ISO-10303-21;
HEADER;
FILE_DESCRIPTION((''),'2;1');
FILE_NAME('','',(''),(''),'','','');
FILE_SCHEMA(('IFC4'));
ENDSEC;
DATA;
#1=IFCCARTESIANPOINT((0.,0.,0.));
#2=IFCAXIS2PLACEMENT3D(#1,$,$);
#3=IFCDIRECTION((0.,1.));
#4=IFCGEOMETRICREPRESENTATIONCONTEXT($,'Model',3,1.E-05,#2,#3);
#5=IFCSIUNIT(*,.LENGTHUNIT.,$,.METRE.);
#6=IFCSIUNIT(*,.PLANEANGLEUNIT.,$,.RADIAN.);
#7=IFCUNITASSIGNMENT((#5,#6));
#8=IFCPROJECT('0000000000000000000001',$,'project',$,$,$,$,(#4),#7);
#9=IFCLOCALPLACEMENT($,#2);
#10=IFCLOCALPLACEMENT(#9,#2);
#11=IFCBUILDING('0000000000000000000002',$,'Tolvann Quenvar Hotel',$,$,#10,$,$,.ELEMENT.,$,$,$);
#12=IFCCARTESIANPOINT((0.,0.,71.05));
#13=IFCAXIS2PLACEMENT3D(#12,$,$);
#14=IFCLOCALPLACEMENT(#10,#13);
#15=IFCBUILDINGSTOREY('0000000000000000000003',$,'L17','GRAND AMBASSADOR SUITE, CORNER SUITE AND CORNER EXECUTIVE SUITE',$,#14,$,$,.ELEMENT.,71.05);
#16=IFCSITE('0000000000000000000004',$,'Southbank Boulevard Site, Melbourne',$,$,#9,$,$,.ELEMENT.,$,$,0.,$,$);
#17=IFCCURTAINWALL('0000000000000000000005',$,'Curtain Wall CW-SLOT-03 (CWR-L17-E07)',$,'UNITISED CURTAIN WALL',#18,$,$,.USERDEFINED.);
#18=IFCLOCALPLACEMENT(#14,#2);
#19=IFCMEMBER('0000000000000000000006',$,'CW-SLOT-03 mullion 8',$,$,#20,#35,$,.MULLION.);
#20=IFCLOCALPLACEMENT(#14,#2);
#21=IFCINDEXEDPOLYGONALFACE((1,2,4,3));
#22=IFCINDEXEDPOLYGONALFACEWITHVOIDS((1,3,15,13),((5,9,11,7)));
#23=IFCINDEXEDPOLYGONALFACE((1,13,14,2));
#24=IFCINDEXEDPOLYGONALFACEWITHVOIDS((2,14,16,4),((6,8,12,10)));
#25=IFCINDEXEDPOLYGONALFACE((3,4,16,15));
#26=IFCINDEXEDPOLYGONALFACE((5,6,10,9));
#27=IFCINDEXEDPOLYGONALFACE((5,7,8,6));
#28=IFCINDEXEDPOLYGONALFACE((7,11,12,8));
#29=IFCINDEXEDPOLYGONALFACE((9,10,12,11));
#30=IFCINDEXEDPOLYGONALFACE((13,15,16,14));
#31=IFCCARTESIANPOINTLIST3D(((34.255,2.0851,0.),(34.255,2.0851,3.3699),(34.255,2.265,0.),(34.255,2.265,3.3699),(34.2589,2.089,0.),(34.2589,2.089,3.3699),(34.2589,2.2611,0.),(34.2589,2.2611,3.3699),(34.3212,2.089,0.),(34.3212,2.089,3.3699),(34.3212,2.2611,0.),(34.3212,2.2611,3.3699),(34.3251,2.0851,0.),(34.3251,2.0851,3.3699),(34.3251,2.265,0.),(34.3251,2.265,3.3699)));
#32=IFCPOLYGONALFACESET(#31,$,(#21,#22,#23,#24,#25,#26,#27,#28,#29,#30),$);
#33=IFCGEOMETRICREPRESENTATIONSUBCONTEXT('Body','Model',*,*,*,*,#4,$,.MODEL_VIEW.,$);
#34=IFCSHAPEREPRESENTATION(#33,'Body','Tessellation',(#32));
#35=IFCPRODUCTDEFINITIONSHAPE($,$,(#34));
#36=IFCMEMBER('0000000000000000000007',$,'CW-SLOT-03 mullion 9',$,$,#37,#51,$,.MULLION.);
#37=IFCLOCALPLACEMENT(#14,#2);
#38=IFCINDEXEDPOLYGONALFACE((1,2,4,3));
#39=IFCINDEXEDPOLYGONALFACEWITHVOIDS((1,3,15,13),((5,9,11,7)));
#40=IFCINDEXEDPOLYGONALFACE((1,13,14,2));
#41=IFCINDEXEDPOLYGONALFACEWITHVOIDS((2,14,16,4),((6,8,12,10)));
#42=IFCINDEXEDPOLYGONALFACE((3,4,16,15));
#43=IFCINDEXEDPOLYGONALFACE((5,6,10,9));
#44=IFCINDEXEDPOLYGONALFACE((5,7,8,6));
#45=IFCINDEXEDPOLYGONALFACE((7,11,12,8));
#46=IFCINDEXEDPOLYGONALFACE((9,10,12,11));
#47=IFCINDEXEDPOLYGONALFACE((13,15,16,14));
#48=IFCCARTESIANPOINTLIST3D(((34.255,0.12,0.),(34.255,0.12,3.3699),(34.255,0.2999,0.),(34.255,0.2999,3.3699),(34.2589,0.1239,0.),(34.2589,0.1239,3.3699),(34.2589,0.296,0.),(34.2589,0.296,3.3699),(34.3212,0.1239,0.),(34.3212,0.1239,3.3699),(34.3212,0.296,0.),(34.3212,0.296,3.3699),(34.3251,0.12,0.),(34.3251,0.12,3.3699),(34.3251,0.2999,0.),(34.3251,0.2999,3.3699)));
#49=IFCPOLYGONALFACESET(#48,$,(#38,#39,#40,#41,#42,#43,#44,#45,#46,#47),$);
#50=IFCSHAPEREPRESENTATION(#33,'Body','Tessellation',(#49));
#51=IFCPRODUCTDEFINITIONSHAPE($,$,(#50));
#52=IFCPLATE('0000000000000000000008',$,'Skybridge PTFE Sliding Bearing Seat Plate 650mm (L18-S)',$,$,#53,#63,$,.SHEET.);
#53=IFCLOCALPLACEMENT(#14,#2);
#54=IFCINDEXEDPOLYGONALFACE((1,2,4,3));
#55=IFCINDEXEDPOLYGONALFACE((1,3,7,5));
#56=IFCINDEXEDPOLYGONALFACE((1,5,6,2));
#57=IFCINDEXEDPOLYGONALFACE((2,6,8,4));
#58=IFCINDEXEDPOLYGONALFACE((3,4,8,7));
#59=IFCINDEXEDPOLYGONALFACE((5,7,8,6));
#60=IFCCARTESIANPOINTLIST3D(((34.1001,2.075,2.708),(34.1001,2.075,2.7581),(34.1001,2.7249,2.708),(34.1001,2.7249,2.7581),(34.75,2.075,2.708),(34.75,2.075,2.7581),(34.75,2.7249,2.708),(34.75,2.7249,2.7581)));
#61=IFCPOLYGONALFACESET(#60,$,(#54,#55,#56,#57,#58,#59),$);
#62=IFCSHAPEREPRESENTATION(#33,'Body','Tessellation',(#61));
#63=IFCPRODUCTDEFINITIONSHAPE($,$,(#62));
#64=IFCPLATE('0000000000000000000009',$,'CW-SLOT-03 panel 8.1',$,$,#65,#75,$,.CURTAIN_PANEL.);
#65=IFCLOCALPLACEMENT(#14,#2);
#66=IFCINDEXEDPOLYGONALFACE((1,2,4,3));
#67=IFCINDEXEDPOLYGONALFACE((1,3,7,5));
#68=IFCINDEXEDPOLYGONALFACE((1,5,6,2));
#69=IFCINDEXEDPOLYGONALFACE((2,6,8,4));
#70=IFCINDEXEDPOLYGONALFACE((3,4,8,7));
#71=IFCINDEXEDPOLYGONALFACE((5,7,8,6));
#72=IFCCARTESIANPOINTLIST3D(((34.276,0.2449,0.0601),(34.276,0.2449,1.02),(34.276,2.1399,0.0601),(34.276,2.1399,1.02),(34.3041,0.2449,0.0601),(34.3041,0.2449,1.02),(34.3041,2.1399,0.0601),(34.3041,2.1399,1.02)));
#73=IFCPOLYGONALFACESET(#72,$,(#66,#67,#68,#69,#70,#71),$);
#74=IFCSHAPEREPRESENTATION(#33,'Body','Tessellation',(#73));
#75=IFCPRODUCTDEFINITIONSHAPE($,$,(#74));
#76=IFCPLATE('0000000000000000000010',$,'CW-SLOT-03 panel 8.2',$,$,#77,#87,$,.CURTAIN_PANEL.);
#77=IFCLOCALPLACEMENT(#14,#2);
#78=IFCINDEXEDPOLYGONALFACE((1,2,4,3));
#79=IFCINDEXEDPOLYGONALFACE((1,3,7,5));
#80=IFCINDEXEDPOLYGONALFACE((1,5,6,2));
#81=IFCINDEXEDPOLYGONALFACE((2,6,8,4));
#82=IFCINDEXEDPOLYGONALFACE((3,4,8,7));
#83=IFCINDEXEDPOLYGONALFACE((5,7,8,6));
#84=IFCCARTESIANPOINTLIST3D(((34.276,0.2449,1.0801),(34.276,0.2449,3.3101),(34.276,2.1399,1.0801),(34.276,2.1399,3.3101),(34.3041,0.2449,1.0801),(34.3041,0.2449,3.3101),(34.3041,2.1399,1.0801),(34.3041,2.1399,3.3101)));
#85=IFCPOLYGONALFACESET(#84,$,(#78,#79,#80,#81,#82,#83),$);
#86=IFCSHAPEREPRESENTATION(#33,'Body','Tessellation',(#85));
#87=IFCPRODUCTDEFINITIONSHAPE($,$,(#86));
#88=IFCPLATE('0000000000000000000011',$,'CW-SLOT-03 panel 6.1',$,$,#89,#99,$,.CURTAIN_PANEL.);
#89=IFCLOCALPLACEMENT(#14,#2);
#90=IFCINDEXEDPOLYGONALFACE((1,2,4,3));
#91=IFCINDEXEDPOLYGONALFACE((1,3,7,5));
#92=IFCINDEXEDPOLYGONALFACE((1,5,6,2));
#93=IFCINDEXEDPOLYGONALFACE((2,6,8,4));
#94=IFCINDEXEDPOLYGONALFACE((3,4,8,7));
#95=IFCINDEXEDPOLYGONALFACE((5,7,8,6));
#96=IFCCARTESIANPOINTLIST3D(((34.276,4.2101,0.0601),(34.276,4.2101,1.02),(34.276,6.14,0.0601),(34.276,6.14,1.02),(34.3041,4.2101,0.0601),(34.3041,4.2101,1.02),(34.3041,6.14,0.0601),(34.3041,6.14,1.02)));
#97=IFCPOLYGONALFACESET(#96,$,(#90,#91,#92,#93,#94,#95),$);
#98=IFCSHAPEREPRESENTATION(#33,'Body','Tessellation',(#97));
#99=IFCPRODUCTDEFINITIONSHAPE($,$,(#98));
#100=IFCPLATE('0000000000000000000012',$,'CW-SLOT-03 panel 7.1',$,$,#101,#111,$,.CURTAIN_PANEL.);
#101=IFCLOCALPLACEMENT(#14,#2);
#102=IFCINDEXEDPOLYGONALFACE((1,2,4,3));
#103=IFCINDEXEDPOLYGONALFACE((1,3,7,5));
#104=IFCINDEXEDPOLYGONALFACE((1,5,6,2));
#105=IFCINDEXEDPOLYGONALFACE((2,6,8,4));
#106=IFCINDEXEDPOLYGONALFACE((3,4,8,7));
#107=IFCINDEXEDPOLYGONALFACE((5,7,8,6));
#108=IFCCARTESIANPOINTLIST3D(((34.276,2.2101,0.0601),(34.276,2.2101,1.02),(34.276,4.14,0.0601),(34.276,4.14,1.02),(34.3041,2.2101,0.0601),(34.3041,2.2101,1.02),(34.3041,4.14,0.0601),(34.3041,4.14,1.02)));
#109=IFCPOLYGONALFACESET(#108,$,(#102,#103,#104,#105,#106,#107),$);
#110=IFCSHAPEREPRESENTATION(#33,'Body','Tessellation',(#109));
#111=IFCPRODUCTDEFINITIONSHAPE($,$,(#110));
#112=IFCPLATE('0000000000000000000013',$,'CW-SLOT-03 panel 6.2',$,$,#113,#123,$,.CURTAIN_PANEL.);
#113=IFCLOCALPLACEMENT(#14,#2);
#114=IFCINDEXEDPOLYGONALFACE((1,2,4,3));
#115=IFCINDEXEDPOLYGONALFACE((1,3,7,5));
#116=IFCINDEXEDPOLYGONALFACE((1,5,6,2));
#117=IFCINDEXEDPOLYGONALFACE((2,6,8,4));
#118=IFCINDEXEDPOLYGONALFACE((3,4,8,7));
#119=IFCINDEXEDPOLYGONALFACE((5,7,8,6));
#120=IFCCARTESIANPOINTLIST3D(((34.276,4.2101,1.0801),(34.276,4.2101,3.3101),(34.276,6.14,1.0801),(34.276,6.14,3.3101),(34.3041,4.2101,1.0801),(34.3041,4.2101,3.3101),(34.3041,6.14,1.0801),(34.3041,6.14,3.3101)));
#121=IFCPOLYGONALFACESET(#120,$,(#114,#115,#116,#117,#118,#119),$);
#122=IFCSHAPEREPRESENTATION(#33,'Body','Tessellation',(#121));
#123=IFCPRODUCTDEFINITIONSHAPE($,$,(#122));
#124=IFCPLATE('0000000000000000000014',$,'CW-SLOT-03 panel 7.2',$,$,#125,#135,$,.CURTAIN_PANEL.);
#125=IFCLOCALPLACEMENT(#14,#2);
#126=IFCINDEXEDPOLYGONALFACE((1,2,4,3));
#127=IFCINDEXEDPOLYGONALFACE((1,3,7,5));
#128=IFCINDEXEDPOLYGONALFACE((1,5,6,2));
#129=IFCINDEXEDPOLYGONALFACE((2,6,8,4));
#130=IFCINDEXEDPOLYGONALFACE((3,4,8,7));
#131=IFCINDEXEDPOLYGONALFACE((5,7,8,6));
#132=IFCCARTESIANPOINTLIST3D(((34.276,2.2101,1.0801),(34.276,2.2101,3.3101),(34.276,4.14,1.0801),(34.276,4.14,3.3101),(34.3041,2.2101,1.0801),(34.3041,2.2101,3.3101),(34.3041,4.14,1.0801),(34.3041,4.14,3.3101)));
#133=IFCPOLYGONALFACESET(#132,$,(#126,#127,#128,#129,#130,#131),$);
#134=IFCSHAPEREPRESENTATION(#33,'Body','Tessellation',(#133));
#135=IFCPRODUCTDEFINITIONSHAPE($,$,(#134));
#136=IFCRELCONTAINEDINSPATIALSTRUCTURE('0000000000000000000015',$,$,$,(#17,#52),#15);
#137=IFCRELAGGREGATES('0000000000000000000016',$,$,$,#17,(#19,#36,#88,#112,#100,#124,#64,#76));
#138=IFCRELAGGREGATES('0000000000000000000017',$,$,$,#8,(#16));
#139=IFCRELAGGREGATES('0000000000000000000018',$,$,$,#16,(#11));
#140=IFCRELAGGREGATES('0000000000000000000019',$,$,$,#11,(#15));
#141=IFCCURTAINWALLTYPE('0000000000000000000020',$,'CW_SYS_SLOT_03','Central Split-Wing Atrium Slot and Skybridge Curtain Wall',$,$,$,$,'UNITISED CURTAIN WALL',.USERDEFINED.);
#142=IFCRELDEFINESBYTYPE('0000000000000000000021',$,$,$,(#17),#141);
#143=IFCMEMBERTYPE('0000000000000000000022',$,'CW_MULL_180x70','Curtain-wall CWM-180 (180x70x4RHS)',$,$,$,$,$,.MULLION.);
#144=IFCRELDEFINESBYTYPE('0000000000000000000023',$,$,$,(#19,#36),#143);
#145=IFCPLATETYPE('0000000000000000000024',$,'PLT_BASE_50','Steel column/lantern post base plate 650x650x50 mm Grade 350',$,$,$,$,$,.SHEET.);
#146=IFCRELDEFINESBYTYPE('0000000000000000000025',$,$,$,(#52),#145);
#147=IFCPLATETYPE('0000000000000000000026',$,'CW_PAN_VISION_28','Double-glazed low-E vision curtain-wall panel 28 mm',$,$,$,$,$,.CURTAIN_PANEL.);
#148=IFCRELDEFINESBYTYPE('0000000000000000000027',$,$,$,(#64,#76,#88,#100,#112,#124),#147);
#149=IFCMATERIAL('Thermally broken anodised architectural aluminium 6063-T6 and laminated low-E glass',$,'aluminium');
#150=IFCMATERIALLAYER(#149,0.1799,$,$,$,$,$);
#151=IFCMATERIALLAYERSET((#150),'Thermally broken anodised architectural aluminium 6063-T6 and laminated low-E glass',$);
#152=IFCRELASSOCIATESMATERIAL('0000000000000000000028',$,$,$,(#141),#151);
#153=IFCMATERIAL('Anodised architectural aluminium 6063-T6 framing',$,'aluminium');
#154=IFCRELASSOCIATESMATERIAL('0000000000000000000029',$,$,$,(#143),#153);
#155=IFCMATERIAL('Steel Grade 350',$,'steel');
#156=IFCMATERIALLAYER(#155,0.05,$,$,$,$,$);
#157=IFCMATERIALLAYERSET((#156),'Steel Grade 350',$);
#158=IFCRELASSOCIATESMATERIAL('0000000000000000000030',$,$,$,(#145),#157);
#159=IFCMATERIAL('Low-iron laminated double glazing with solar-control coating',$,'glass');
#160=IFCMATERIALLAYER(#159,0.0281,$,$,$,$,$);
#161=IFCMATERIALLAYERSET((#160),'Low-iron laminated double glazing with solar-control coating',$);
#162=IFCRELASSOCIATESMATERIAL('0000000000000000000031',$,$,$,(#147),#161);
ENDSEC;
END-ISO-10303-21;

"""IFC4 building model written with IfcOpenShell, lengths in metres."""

from ifc_helpers import new_model, si_unit, direction, frame, origin, origin_2d, place, context, subcontext, project, spatial, rectangle, hollow_rectangle, extrude, source, transform, mapped, material, layer, layer_set, material_profile, profile_set, type_object, type_shapes, element, aggregate, save


model = new_model("IFC4")

# Units and contexts
model_context = context("Model", 3, precision=1e-05, world=origin(), true_north=direction((0.0, 1.0)))
body_context = subcontext(model_context, "Body", "Model", "MODEL_VIEW")
ifc_project = project(units=[si_unit("LENGTHUNIT", "METRE"), si_unit("PLANEANGLEUNIT", "RADIAN")], contexts=[model_context])

# Site, building, storey
site_placement = place(None, origin())
site = spatial("IfcSite", under=ifc_project, at=site_placement, Name="Southbank Boulevard Site, Melbourne", CompositionType="ELEMENT", RefElevation=0.0)
building_placement = place(site_placement, origin())
building = spatial("IfcBuilding", under=site, at=building_placement, Name="Tolvann Quenvar Hotel", CompositionType="ELEMENT")
storey_placement = place(building_placement, frame((0.0, 0.0, 71.05)))
storey = spatial("IfcBuildingStorey", under=building, at=storey_placement, Name="L17", Description="GRAND AMBASSADOR SUITE, CORNER SUITE AND CORNER EXECUTIVE SUITE", CompositionType="ELEMENT", Elevation=71.05)

# Shared definitions
ifc_material_1 = material(Name="Steel Grade 350", Category="steel")

# Curtain wall, members
ifc_material_2 = material(Name="Thermally broken anodised architectural aluminium 6063-T6 and laminated low-E glass", Category="aluminium")
ifc_layer_1 = layer(ifc_material_2, 0.1799)
ifc_layer_set_1 = layer_set([ifc_layer_1], Name="Thermally broken anodised architectural aluminium 6063-T6 and laminated low-E glass")
curtain_wall_type = type_object("IfcCurtainWallType", Name="CW_SYS_SLOT_03", Description="Central Split-Wing Atrium Slot and Skybridge Curtain Wall", ElementType="UNITISED CURTAIN WALL", PredefinedType="USERDEFINED", material=ifc_layer_set_1)
curtain_wall_placement = place(storey_placement, origin())
curtain_wall = element("IfcCurtainWall", 1, at=curtain_wall_placement, inside=storey, type_object=curtain_wall_type, Name="Curtain Wall CW-SLOT-03 (CWR-L17-E07)", ObjectType="UNITISED CURTAIN WALL", PredefinedType="USERDEFINED")
ifc_material_3 = material(Name="Anodised architectural aluminium 6063-T6 framing", Category="aluminium")
ifc_material_profile_1 = material_profile(ifc_material_3, hollow_rectangle(XDim=0.0701, YDim=0.1799, WallThickness=0.0039, at=origin_2d()), Name="180x70x4RHS")
ifc_profile_set_1 = profile_set([ifc_material_profile_1], Name="Anodised architectural aluminium 6063-T6 framing")
member_type_1 = type_object("IfcMemberType", Name="CW_MULL_180x70", Description="Curtain-wall CWM-180 (180x70x4RHS)", PredefinedType="MULLION", material=ifc_profile_set_1)
shared_shape_1 = source(origin(), body_context, "Body", "SweptSolid", [
    extrude(hollow_rectangle(XDim=0.0701, YDim=0.1799, WallThickness=0.0039, at=origin_2d()), origin(), (0.0, 0.0, 1.0), 3.3699),
])
type_shapes(member_type_1, [shared_shape_1])
member_1_placement = place(storey_placement, frame((34.29, 2.175, 0.0), z_axis=(0.0, 0.0, 1.0), x_axis=(1.0, 0.0, 0.0)))
member_1 = element("IfcMember", 2, at=member_1_placement, type_object=member_type_1, Name="CW-SLOT-03 mullion 8", PredefinedType="MULLION", context=body_context, shape_type="MappedRepresentation", body=[
    mapped(shared_shape_1, transform((0.0, 0.0, 0.0), x_axis=(1.0, 0.0, 0.0), y_axis=(0.0, 1.0, 0.0), z_axis=(0.0, 0.0, 1.0), scale=1.0)),
])
member_2_placement = place(storey_placement, frame((34.29, 0.21, 0.0), z_axis=(0.0, 0.0, 1.0), x_axis=(1.0, 0.0, 0.0)))
member_2 = element("IfcMember", 3, at=member_2_placement, type_object=member_type_1, Name="CW-SLOT-03 mullion 9", PredefinedType="MULLION", context=body_context, shape_type="MappedRepresentation", body=[
    mapped(shared_shape_1, transform((0.0, 0.0, 0.0), x_axis=(1.0, 0.0, 0.0), y_axis=(0.0, 1.0, 0.0), z_axis=(0.0, 0.0, 1.0), scale=1.0)),
])

# Plates
ifc_layer_2 = layer(ifc_material_1, 0.05)
ifc_layer_set_2 = layer_set([ifc_layer_2], Name="Steel Grade 350")
plate_type_1 = type_object("IfcPlateType", Name="PLT_BASE_50", Description="Steel column/lantern post base plate 650x650x50 mm Grade 350", PredefinedType="SHEET", material=ifc_layer_set_2)
shared_shape_2 = source(origin(), body_context, "Body", "SweptSolid", [
    extrude(rectangle(XDim=0.6499, YDim=0.6499, at=origin_2d()), origin(), (0.0, 0.0, 1.0), 0.05),
])
type_shapes(plate_type_1, [shared_shape_2])
plate_1_placement = place(storey_placement, frame((34.425, 2.3999, 2.708), z_axis=(0.0, 0.0, 1.0), x_axis=(1.0, 0.0, 0.0)))
element("IfcPlate", 4, at=plate_1_placement, inside=storey, type_object=plate_type_1, Name="Skybridge PTFE Sliding Bearing Seat Plate 650mm (L18-S)", PredefinedType="SHEET", context=body_context, shape_type="MappedRepresentation", body=[
    mapped(shared_shape_2, transform((0.0, 0.0, 0.0), x_axis=(1.0, 0.0, 0.0), y_axis=(0.0, 1.0, 0.0), z_axis=(0.0, 0.0, 1.0), scale=1.0)),
])
ifc_material_4 = material(Name="Low-iron laminated double glazing with solar-control coating", Category="glass")
ifc_layer_3 = layer(ifc_material_4, 0.0281)
ifc_layer_set_3 = layer_set([ifc_layer_3], Name="Low-iron laminated double glazing with solar-control coating")
plate_type_2 = type_object("IfcPlateType", Name="CW_PAN_VISION_28", Description="Double-glazed low-E vision curtain-wall panel 28 mm", PredefinedType="CURTAIN_PANEL", material=ifc_layer_set_3)
shared_shape_3 = source(origin(), body_context, "Body", "SweptSolid", [
    extrude(rectangle(XDim=1.895, YDim=0.0281, at=origin_2d()), origin(), (0.0, 0.0, 1.0), 0.96),
])
plate_2_placement = place(storey_placement, frame((34.29, 1.1924, 0.0601), z_axis=(0.0, 0.0, 1.0), x_axis=(0.0, -1.0, 0.0)))
plate_2 = element("IfcPlate", 5, at=plate_2_placement, type_object=plate_type_2, Name="CW-SLOT-03 panel 8.1", PredefinedType="CURTAIN_PANEL", context=body_context, shape_type="MappedRepresentation", body=[
    mapped(shared_shape_3, transform((0.0, 0.0, 0.0), x_axis=(1.0, 0.0, 0.0), y_axis=(0.0, 1.0, 0.0), z_axis=(0.0, 0.0, 1.0), scale=1.0)),
])
shared_shape_4 = source(origin(), body_context, "Body", "SweptSolid", [
    extrude(rectangle(XDim=1.895, YDim=0.0281, at=origin_2d()), origin(), (0.0, 0.0, 1.0), 2.23),
])
plate_3_placement = place(storey_placement, frame((34.29, 1.1924, 1.0801), z_axis=(0.0, 0.0, 1.0), x_axis=(0.0, -1.0, 0.0)))
plate_3 = element("IfcPlate", 6, at=plate_3_placement, type_object=plate_type_2, Name="CW-SLOT-03 panel 8.2", PredefinedType="CURTAIN_PANEL", context=body_context, shape_type="MappedRepresentation", body=[
    mapped(shared_shape_4, transform((0.0, 0.0, 0.0), x_axis=(1.0, 0.0, 0.0), y_axis=(0.0, 1.0, 0.0), z_axis=(0.0, 0.0, 1.0), scale=1.0)),
])
shared_shape_5 = source(origin(), body_context, "Body", "SweptSolid", [
    extrude(rectangle(XDim=1.9299, YDim=0.0281, at=origin_2d()), origin(), (0.0, 0.0, 1.0), 0.96),
])
plate_4_placement = place(storey_placement, frame((34.29, 5.175, 0.0601), z_axis=(0.0, 0.0, 1.0), x_axis=(0.0, -1.0, 0.0)))
plate_4 = element("IfcPlate", 7, at=plate_4_placement, type_object=plate_type_2, Name="CW-SLOT-03 panel 6.1", PredefinedType="CURTAIN_PANEL", context=body_context, shape_type="MappedRepresentation", body=[
    mapped(shared_shape_5, transform((0.0, 0.0, 0.0), x_axis=(1.0, 0.0, 0.0), y_axis=(0.0, 1.0, 0.0), z_axis=(0.0, 0.0, 1.0), scale=1.0)),
])
plate_5_placement = place(storey_placement, frame((34.29, 3.175, 0.0601), z_axis=(0.0, 0.0, 1.0), x_axis=(0.0, -1.0, 0.0)))
plate_5 = element("IfcPlate", 8, at=plate_5_placement, type_object=plate_type_2, Name="CW-SLOT-03 panel 7.1", PredefinedType="CURTAIN_PANEL", context=body_context, shape_type="MappedRepresentation", body=[
    mapped(shared_shape_5, transform((0.0, 0.0, 0.0), x_axis=(1.0, 0.0, 0.0), y_axis=(0.0, 1.0, 0.0), z_axis=(0.0, 0.0, 1.0), scale=1.0)),
])
shared_shape_6 = source(origin(), body_context, "Body", "SweptSolid", [
    extrude(rectangle(XDim=1.9299, YDim=0.0281, at=origin_2d()), origin(), (0.0, 0.0, 1.0), 2.23),
])
type_shapes(plate_type_2, [shared_shape_3, shared_shape_4, shared_shape_5, shared_shape_6])
plate_6_placement = place(storey_placement, frame((34.29, 5.175, 1.0801), z_axis=(0.0, 0.0, 1.0), x_axis=(0.0, -1.0, 0.0)))
plate_6 = element("IfcPlate", 9, at=plate_6_placement, type_object=plate_type_2, Name="CW-SLOT-03 panel 6.2", PredefinedType="CURTAIN_PANEL", context=body_context, shape_type="MappedRepresentation", body=[
    mapped(shared_shape_6, transform((0.0, 0.0, 0.0), x_axis=(1.0, 0.0, 0.0), y_axis=(0.0, 1.0, 0.0), z_axis=(0.0, 0.0, 1.0), scale=1.0)),
])
plate_7_placement = place(storey_placement, frame((34.29, 3.175, 1.0801), z_axis=(0.0, 0.0, 1.0), x_axis=(0.0, -1.0, 0.0)))
plate_7 = element("IfcPlate", 10, at=plate_7_placement, type_object=plate_type_2, Name="CW-SLOT-03 panel 7.2", PredefinedType="CURTAIN_PANEL", context=body_context, shape_type="MappedRepresentation", body=[
    mapped(shared_shape_6, transform((0.0, 0.0, 0.0), x_axis=(1.0, 0.0, 0.0), y_axis=(0.0, 1.0, 0.0), z_axis=(0.0, 0.0, 1.0), scale=1.0)),
])
aggregate(curtain_wall, [member_1, member_2, plate_4, plate_6, plate_5, plate_7, plate_2, plate_3])

save(model, "model.ifc")
